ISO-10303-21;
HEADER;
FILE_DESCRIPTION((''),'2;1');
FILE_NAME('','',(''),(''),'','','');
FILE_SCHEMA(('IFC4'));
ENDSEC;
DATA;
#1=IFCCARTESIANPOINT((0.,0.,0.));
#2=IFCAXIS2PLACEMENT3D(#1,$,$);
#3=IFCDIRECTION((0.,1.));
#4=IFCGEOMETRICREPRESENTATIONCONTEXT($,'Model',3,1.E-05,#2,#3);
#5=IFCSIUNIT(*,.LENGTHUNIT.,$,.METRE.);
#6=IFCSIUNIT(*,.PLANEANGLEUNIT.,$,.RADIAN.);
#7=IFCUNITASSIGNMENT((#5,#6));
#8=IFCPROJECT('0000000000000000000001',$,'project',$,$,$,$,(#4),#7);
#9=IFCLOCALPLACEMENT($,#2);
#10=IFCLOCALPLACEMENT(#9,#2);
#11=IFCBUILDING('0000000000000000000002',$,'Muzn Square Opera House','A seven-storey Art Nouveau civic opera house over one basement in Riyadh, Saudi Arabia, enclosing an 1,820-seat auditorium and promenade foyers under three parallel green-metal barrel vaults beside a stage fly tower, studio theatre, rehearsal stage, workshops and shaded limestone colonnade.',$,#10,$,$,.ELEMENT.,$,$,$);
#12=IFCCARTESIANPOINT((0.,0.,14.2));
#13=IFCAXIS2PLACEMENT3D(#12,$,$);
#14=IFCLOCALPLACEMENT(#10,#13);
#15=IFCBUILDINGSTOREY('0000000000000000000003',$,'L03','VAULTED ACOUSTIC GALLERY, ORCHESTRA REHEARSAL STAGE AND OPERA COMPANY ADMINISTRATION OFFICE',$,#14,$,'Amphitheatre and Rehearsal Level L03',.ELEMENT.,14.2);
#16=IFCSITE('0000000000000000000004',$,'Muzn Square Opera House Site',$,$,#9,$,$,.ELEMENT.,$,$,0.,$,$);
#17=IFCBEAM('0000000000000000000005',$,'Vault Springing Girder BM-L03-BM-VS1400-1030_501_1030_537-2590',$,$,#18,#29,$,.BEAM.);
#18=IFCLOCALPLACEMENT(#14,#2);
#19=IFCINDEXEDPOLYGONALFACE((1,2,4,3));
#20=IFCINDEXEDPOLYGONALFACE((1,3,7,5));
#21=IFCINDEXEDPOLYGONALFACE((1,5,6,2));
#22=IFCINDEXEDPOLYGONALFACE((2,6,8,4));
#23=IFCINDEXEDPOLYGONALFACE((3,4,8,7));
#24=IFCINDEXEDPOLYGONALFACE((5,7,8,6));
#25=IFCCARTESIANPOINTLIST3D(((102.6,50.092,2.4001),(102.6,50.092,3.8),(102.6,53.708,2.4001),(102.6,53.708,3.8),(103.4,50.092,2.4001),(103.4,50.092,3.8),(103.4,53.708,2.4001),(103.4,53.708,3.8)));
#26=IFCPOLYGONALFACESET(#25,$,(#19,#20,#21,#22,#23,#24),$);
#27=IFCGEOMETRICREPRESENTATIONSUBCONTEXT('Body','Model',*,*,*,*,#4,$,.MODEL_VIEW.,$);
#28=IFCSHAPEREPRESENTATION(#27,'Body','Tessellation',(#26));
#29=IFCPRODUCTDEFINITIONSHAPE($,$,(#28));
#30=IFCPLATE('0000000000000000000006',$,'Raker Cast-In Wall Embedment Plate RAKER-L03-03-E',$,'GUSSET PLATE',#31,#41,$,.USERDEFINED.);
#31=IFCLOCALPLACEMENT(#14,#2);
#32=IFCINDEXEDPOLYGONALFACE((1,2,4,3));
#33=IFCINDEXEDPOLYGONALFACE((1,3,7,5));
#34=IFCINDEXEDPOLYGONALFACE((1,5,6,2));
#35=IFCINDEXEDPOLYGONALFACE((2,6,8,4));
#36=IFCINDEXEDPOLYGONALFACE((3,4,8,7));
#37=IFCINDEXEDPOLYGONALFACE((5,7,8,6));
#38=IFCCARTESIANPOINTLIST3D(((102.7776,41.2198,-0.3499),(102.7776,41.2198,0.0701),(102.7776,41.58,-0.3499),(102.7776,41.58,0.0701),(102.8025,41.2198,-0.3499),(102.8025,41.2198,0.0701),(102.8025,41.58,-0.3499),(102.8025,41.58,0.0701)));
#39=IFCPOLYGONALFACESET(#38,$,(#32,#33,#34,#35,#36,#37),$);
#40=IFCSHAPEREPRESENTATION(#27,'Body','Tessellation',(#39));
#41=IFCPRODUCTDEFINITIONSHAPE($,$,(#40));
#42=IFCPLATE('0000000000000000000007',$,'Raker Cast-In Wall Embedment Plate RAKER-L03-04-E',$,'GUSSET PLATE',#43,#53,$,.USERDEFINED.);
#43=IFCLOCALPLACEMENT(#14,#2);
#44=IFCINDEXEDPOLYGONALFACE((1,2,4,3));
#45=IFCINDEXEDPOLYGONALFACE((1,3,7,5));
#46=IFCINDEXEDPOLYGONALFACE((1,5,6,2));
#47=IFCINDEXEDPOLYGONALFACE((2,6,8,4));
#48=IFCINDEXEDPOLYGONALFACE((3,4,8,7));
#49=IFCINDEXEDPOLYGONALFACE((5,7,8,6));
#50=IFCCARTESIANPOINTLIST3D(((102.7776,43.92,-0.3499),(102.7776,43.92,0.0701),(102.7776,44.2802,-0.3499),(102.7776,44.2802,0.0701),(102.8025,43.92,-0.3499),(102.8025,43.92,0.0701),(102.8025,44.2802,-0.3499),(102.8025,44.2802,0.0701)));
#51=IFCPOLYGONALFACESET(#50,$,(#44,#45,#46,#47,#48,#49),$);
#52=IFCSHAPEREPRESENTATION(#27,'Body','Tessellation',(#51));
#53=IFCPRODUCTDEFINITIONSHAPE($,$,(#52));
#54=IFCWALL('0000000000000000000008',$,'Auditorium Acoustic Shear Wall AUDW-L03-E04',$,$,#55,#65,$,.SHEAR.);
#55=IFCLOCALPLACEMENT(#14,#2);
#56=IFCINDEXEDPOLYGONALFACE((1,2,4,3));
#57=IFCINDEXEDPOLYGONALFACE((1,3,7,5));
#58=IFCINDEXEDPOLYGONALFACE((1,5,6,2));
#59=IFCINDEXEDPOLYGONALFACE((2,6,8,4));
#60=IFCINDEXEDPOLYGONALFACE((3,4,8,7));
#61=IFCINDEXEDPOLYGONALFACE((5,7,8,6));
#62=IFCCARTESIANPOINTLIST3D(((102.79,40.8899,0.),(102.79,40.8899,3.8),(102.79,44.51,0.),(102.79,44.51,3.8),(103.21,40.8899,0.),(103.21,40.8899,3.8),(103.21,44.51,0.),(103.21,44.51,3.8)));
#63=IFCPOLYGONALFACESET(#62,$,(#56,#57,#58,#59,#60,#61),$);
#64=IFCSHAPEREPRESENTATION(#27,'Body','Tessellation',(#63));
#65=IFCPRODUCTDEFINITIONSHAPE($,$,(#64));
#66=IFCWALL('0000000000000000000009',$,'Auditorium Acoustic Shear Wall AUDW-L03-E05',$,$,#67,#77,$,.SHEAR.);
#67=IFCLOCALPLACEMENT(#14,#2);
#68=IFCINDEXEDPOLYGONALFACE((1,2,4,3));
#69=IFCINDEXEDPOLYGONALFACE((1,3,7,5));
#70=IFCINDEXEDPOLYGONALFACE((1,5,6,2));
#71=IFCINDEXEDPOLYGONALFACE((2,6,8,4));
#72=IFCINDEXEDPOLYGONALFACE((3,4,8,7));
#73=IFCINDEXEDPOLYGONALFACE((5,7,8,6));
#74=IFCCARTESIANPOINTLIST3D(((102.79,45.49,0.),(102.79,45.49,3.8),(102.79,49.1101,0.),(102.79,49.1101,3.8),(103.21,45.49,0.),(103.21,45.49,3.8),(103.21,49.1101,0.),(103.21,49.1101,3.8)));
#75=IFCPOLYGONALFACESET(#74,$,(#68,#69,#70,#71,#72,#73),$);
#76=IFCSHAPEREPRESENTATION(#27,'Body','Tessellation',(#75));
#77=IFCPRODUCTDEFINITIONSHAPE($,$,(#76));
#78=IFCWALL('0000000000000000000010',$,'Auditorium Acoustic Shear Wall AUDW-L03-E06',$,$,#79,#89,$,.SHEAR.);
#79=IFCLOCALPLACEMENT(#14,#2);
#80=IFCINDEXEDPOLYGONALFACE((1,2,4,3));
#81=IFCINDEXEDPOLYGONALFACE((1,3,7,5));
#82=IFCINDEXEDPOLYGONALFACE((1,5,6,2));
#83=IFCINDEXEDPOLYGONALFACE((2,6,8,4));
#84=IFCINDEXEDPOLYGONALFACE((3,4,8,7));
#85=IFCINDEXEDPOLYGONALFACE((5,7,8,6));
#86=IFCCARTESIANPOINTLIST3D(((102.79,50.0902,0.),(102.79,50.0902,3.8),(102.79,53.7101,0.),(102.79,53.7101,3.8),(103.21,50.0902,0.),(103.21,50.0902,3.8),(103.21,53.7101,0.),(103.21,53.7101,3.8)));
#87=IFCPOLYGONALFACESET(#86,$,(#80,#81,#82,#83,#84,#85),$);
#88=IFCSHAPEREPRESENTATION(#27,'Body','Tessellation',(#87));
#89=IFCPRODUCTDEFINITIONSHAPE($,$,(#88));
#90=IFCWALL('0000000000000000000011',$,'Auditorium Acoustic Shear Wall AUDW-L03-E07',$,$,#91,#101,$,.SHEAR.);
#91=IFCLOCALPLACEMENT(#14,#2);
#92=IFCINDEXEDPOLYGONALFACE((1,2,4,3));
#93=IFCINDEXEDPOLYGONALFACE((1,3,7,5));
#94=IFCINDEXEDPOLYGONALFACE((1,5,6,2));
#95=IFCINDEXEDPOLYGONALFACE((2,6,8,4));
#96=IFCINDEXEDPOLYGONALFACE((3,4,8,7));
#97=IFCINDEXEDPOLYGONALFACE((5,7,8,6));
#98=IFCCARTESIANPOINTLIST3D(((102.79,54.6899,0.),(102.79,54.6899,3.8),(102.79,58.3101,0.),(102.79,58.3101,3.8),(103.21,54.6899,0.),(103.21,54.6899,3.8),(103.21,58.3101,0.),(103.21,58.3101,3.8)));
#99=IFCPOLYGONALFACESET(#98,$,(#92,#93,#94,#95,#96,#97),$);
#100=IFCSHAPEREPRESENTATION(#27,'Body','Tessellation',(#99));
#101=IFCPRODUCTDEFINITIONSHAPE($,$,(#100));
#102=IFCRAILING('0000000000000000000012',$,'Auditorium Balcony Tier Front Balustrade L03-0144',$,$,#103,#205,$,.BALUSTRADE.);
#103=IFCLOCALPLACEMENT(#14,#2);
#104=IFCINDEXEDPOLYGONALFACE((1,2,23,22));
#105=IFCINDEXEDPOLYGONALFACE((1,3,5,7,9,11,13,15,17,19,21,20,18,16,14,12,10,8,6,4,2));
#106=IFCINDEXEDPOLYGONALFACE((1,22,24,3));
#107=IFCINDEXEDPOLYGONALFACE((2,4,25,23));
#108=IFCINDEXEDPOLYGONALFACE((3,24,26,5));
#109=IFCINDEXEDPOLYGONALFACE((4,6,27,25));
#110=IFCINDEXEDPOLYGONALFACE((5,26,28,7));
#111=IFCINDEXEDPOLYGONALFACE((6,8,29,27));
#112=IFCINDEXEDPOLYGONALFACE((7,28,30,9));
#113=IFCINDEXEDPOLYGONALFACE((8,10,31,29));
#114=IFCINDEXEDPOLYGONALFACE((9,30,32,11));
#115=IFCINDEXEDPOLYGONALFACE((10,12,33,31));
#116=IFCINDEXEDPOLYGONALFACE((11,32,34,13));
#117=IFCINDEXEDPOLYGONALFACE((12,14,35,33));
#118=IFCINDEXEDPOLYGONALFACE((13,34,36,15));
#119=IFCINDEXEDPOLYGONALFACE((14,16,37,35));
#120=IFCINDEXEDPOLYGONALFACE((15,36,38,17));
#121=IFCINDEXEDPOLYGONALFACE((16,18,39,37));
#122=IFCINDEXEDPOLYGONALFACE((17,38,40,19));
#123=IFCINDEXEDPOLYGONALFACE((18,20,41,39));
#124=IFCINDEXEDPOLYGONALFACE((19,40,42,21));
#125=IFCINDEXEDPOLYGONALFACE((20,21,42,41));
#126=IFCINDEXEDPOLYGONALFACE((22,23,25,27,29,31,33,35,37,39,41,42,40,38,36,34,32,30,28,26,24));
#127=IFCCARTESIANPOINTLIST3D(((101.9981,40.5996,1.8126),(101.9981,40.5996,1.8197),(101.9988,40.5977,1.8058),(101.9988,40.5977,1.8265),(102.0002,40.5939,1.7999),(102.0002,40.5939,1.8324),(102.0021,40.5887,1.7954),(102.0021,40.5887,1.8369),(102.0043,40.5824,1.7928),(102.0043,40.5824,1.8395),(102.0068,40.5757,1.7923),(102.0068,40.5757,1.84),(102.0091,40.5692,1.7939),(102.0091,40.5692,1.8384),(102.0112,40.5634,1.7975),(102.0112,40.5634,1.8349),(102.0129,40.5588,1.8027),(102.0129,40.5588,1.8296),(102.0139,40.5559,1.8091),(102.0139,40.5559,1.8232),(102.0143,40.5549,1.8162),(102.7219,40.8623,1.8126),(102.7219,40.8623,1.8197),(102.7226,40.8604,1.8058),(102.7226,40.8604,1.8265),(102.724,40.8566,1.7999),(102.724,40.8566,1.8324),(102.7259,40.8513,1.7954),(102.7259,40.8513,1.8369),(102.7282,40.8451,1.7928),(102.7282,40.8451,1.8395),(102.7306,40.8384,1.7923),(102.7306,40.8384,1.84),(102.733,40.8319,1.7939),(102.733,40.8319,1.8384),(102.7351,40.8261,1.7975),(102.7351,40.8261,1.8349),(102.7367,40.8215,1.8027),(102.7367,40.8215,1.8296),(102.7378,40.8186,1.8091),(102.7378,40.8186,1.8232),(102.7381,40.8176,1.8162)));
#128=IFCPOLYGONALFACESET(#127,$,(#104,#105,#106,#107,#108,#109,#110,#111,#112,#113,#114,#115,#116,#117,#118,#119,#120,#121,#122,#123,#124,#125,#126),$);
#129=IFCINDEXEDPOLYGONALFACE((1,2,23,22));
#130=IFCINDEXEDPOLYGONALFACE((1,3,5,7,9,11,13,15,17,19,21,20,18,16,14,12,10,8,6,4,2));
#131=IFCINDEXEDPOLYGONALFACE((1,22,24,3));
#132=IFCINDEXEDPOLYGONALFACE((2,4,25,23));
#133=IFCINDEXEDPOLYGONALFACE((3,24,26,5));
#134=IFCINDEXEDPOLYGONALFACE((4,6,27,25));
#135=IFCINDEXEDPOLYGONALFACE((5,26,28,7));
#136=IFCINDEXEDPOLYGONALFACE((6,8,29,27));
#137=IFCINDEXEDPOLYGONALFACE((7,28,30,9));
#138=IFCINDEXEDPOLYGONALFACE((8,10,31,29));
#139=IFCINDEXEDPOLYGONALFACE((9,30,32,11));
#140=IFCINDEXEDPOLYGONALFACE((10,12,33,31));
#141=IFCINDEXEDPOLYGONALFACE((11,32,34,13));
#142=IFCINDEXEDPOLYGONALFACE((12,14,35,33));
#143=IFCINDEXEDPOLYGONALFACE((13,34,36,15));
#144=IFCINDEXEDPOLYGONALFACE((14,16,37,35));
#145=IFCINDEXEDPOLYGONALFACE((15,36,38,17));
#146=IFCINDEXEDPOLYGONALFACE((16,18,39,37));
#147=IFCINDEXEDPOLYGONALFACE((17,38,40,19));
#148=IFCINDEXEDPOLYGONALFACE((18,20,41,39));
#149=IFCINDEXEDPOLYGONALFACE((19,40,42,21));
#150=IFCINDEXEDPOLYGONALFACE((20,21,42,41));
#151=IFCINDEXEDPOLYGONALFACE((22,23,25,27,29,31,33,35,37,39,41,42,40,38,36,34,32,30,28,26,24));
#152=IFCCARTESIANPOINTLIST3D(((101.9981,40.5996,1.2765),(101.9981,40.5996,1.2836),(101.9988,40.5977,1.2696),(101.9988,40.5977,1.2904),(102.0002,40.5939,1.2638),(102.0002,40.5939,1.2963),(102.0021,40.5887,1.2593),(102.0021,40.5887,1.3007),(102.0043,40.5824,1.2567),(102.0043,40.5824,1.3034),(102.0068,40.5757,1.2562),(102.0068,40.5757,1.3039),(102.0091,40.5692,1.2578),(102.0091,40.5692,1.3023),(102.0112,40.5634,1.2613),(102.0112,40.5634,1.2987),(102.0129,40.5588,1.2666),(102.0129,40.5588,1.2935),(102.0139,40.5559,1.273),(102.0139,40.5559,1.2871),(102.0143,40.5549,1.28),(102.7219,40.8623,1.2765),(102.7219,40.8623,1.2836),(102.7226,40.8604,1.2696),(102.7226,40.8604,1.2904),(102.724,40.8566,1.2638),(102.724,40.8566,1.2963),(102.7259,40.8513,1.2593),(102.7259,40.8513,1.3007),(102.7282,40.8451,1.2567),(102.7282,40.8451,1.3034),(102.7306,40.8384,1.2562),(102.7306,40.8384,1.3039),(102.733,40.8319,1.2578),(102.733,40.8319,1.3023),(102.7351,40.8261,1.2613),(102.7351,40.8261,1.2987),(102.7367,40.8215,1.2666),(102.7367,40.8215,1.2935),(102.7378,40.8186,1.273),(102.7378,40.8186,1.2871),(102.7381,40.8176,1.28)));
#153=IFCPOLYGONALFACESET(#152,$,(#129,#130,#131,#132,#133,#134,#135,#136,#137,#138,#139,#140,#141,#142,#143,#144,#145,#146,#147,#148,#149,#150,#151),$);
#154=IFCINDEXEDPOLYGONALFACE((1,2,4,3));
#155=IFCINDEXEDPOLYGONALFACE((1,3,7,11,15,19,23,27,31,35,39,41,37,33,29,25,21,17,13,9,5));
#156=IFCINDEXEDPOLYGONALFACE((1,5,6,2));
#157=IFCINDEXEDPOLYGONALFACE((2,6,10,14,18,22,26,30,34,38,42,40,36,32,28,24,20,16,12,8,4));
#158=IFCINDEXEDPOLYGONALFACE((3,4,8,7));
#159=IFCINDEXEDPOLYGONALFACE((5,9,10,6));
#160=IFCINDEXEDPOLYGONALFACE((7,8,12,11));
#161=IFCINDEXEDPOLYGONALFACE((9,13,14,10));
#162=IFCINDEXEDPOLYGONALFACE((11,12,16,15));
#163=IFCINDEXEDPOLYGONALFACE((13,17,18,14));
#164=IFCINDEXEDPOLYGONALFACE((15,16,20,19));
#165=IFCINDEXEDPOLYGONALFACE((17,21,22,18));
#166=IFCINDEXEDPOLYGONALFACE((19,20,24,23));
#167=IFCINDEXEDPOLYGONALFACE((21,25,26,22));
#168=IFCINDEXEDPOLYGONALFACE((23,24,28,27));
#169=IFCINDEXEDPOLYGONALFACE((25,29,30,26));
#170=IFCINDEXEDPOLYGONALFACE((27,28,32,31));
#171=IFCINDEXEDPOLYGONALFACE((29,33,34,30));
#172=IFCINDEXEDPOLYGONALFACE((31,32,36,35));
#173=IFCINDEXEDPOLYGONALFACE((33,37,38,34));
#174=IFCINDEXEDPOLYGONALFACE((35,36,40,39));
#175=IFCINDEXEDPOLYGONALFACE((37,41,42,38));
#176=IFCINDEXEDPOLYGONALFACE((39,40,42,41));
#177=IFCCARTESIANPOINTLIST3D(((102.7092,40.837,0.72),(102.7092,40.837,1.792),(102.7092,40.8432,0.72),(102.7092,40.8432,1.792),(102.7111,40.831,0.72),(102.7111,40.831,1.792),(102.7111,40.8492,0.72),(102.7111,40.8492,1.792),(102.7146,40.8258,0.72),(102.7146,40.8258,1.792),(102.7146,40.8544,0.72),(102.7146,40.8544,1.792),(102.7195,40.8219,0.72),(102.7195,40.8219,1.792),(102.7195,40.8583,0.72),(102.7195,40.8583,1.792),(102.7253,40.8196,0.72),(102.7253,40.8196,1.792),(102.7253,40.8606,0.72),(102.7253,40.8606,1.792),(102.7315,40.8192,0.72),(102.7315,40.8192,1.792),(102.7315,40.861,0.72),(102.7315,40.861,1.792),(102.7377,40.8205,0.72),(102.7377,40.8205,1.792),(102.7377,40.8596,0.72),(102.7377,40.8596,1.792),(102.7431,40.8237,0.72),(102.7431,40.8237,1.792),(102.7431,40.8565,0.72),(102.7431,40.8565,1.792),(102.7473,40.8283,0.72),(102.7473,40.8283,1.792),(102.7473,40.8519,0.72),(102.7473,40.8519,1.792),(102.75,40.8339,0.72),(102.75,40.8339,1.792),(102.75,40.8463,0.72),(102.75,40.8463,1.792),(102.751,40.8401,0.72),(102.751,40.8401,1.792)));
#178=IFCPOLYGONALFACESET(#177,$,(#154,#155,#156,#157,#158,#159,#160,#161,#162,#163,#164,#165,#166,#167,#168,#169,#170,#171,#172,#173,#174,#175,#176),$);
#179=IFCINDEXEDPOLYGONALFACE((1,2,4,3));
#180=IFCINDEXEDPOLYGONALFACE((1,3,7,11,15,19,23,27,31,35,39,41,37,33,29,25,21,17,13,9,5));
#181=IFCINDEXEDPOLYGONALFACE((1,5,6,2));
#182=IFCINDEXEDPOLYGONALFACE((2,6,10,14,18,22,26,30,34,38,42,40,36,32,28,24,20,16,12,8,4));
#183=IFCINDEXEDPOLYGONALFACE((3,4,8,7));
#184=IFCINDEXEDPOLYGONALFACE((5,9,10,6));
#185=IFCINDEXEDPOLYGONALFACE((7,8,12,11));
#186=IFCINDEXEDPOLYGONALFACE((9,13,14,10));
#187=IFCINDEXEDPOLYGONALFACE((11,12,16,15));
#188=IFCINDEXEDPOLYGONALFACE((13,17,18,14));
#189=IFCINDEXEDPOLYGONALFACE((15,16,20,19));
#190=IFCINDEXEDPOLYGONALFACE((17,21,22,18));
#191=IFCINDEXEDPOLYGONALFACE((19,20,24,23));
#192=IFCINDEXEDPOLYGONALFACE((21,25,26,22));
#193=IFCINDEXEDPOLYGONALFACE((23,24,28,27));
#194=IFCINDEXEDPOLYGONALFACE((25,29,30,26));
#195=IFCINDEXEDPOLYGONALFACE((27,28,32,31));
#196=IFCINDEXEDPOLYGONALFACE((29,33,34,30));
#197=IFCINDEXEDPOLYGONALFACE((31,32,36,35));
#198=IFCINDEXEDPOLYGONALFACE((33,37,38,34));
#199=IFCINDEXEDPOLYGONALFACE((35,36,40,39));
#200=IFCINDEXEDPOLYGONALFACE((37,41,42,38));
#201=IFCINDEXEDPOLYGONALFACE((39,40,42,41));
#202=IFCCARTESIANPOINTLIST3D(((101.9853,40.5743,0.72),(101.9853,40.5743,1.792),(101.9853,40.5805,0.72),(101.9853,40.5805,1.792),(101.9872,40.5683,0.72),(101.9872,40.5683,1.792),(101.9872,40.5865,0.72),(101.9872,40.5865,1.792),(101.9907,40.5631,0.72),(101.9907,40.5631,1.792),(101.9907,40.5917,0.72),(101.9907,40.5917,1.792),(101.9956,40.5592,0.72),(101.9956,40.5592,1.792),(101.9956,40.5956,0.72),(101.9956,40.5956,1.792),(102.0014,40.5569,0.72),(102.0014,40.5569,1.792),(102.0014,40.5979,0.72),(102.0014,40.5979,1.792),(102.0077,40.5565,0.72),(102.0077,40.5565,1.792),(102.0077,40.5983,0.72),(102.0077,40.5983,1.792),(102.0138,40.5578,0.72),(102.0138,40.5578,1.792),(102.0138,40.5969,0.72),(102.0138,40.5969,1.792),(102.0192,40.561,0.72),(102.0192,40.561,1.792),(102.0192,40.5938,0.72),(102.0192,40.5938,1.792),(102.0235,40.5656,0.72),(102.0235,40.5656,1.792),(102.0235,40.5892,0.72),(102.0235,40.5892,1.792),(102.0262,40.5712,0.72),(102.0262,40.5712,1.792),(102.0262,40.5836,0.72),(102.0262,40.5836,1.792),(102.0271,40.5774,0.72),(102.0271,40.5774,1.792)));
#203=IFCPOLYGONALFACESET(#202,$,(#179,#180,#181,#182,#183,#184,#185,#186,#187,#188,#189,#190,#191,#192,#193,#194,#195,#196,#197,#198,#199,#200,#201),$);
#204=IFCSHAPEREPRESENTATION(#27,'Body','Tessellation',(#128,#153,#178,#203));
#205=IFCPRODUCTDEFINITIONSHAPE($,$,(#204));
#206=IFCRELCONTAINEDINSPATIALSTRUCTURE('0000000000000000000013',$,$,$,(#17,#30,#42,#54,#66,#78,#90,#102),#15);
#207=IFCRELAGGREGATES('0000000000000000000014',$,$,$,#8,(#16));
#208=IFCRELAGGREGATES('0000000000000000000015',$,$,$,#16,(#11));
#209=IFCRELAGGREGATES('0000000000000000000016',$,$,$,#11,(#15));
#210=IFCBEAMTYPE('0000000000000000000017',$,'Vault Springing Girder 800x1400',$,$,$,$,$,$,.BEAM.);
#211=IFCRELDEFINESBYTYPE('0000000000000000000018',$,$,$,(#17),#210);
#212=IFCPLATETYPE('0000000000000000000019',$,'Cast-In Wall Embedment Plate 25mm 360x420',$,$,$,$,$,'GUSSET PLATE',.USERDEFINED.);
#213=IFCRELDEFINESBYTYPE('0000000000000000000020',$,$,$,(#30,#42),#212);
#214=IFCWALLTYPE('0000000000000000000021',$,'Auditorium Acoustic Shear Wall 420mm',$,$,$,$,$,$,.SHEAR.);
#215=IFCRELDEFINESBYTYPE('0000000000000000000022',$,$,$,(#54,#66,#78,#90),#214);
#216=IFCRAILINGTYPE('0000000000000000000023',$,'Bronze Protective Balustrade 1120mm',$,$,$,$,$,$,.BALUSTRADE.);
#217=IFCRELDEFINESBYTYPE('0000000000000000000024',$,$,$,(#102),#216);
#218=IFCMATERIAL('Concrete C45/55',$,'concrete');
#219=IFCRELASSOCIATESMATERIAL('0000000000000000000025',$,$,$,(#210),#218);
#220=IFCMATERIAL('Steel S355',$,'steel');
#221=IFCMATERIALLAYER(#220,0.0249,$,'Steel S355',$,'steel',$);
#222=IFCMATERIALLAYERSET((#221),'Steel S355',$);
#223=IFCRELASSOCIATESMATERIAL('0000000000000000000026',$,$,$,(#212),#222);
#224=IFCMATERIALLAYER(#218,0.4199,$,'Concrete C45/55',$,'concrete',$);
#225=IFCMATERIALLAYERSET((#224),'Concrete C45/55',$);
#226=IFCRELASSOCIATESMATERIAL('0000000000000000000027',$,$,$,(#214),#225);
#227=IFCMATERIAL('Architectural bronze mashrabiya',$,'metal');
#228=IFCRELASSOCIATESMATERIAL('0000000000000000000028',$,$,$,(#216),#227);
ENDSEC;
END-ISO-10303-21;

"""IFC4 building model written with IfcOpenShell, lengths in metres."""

from ifc_helpers import new_model, si_unit, direction, frame, frame_2d, origin, origin_2d, place, context, subcontext, project, spatial, rectangle, circle, extrude, material, layer, layer_set, material_profile, profile_set, type_object, element, save


model = new_model("IFC4")

# Units and contexts
model_context = context("Model", 3, precision=1e-05, world=origin(), true_north=direction((0.0, 1.0)))
body_context = subcontext(model_context, "Body", "Model", "MODEL_VIEW")
ifc_project = project(units=[si_unit("LENGTHUNIT", "METRE"), si_unit("PLANEANGLEUNIT", "RADIAN")], contexts=[model_context])

# Site, building, storey
site_placement = place(None, origin())
site = spatial("IfcSite", under=ifc_project, at=site_placement, Name="Muzn Square Opera House Site", CompositionType="ELEMENT", RefElevation=0.0)
building_placement = place(site_placement, origin())
building = spatial("IfcBuilding", under=site, at=building_placement, Name="Muzn Square Opera House", Description="A seven-storey Art Nouveau civic opera house over one basement in Riyadh, Saudi Arabia, enclosing an 1,820-seat auditorium and promenade foyers under three parallel green-metal barrel vaults beside a stage fly tower, studio theatre, rehearsal stage, workshops and shaded limestone colonnade.", CompositionType="ELEMENT")
storey_placement = place(building_placement, frame((0.0, 0.0, 14.2)))
storey = spatial("IfcBuildingStorey", under=building, at=storey_placement, Name="L03", Description="VAULTED ACOUSTIC GALLERY, ORCHESTRA REHEARSAL STAGE AND OPERA COMPANY ADMINISTRATION OFFICE", LongName="Amphitheatre and Rehearsal Level L03", CompositionType="ELEMENT", Elevation=14.2)

# Shared definitions
ifc_material_1 = material(Name="Concrete C45/55", Category="concrete")

# Beam
ifc_material_2 = material(Name="Steel S355", Category="steel")
ifc_material_profile_1 = material_profile(ifc_material_1, rectangle(XDim=0.8, YDim=1.3999, at=origin_2d()), Name="RCB 800x1400", Category="concrete")
ifc_profile_set_1 = profile_set([ifc_material_profile_1], Name="Concrete C45/55")
beam_type_1 = type_object("IfcBeamType", Name="Vault Springing Girder 800x1400", PredefinedType="BEAM", material=ifc_profile_set_1)
for number, where, z_axis, x_axis, name in (
    (1, (103.0, 50.092, 3.1001), (0.0, 1.0, 0.0), (-1.0, 0.0, 0.0), "Vault Springing Girder BM-L03-BM-VS1400-1030_501_1030_537-2590"),
):
    element("IfcBeam", number, at=place(storey_placement, frame(where, z_axis=z_axis, x_axis=x_axis)), inside=storey, type_object=beam_type_1, Name=name, PredefinedType="BEAM", context=body_context, shape_type="SweptSolid", body=[
        extrude(rectangle(XDim=0.8, YDim=1.3999, at=origin_2d()), origin(), (0.0, 0.0, 1.0), 3.616),
    ])

# Plates
ifc_layer_1 = layer(ifc_material_2, 0.0249, Name="Steel S355", Category="steel")
ifc_layer_set_1 = layer_set([ifc_layer_1], Name="Steel S355")
plate_type = type_object("IfcPlateType", Name="Cast-In Wall Embedment Plate 25mm 360x420", ElementType="GUSSET PLATE", PredefinedType="USERDEFINED", material=ifc_layer_set_1)
for number, where, z_axis, x_axis, name in (
    (2, (102.79, 41.3999, -0.3499), (0.0, 0.0, 1.0), (1.0, 0.0, 0.0), "Raker Cast-In Wall Embedment Plate RAKER-L03-03-E"),
    (3, (102.79, 44.1001, -0.3499), (0.0, 0.0, 1.0), (1.0, 0.0, 0.0), "Raker Cast-In Wall Embedment Plate RAKER-L03-04-E"),
):
    element("IfcPlate", number, at=place(storey_placement, frame(where, z_axis=z_axis, x_axis=x_axis)), inside=storey, type_object=plate_type, Name=name, ObjectType="GUSSET PLATE", PredefinedType="USERDEFINED", context=body_context, shape_type="SweptSolid", body=[
        extrude(rectangle(XDim=0.0249, YDim=0.3601, at=origin_2d()), origin(), (0.0, 0.0, 1.0), 0.4199),
    ])

# Walls
ifc_layer_2 = layer(ifc_material_1, 0.4199, Name="Concrete C45/55", Category="concrete")
ifc_layer_set_2 = layer_set([ifc_layer_2], Name="Concrete C45/55")
wall_type = type_object("IfcWallType", Name="Auditorium Acoustic Shear Wall 420mm", PredefinedType="SHEAR", material=ifc_layer_set_2)
for number, where, z_axis, x_axis, name in (
    (4, (103.0, 40.8899, 0.0), (0.0, 0.0, 1.0), (0.0, 1.0, 0.0), "Auditorium Acoustic Shear Wall AUDW-L03-E04"),
    (5, (103.0, 45.49, 0.0), (0.0, 0.0, 1.0), (0.0, 1.0, 0.0), "Auditorium Acoustic Shear Wall AUDW-L03-E05"),
):
    element("IfcWall", number, at=place(storey_placement, frame(where, z_axis=z_axis, x_axis=x_axis)), inside=storey, type_object=wall_type, Name=name, PredefinedType="SHEAR", context=body_context, shape_type="SweptSolid", body=[
        extrude(rectangle(XDim=3.6201, YDim=0.4199, at=frame_2d((1.8101, 0.0))), origin(), (0.0, 0.0, 1.0), 3.8),
    ])
wall_1_placement = place(storey_placement, frame((103.0, 50.0901, 0.0), z_axis=(0.0, 0.0, 1.0), x_axis=(0.0, 1.0, 0.0)))
element("IfcWall", 6, at=wall_1_placement, inside=storey, type_object=wall_type, Name="Auditorium Acoustic Shear Wall AUDW-L03-E06", PredefinedType="SHEAR", context=body_context, shape_type="SweptSolid", body=[
    extrude(rectangle(XDim=3.6199, YDim=0.4199, at=frame_2d((1.8101, 0.0))), origin(), (0.0, 0.0, 1.0), 3.8),
])
wall_2_placement = place(storey_placement, frame((103.0, 54.6899, 0.0), z_axis=(0.0, 0.0, 1.0), x_axis=(0.0, 1.0, 0.0)))
element("IfcWall", 7, at=wall_2_placement, inside=storey, type_object=wall_type, Name="Auditorium Acoustic Shear Wall AUDW-L03-E07", PredefinedType="SHEAR", context=body_context, shape_type="SweptSolid", body=[
    extrude(rectangle(XDim=3.6201, YDim=0.4199, at=frame_2d((1.8101, 0.0))), origin(), (0.0, 0.0, 1.0), 3.8),
])

# Railing
ifc_material_3 = material(Name="Architectural bronze mashrabiya", Category="metal")
railing_type = type_object("IfcRailingType", Name="Bronze Protective Balustrade 1120mm", PredefinedType="BALUSTRADE", material=ifc_material_3)
railing_1_placement = place(storey_placement, frame((102.73, 40.8401, 0.72)))
element("IfcRailing", 8, at=railing_1_placement, inside=storey, type_object=railing_type, Name="Auditorium Balcony Tier Front Balustrade L03-0144", PredefinedType="BALUSTRADE", context=body_context, shape_type="SweptSolid", body=[
    extrude(circle(Radius=0.0239, at=origin_2d()), frame((0.0, 0.0, 1.0962), z_axis=(-0.940015, -0.341132, 0.0), x_axis=(0.341132, -0.940015, 0.0)), (0.0, 0.0, 1.0), 0.77),
    extrude(circle(Radius=0.0239, at=origin_2d()), frame((0.0, 0.0, 0.5601), z_axis=(-0.940015, -0.341132, 0.0), x_axis=(0.341132, -0.940015, 0.0)), (0.0, 0.0, 1.0), 0.77),
    extrude(circle(Radius=0.021, at=origin_2d()), origin(), (0.0, 0.0, 1.0), 1.072),
    extrude(circle(Radius=0.021, at=origin_2d()), frame((-0.7239, -0.2627, 0.0)), (0.0, 0.0, 1.0), 1.072),
])

save(model, "model.ifc")
